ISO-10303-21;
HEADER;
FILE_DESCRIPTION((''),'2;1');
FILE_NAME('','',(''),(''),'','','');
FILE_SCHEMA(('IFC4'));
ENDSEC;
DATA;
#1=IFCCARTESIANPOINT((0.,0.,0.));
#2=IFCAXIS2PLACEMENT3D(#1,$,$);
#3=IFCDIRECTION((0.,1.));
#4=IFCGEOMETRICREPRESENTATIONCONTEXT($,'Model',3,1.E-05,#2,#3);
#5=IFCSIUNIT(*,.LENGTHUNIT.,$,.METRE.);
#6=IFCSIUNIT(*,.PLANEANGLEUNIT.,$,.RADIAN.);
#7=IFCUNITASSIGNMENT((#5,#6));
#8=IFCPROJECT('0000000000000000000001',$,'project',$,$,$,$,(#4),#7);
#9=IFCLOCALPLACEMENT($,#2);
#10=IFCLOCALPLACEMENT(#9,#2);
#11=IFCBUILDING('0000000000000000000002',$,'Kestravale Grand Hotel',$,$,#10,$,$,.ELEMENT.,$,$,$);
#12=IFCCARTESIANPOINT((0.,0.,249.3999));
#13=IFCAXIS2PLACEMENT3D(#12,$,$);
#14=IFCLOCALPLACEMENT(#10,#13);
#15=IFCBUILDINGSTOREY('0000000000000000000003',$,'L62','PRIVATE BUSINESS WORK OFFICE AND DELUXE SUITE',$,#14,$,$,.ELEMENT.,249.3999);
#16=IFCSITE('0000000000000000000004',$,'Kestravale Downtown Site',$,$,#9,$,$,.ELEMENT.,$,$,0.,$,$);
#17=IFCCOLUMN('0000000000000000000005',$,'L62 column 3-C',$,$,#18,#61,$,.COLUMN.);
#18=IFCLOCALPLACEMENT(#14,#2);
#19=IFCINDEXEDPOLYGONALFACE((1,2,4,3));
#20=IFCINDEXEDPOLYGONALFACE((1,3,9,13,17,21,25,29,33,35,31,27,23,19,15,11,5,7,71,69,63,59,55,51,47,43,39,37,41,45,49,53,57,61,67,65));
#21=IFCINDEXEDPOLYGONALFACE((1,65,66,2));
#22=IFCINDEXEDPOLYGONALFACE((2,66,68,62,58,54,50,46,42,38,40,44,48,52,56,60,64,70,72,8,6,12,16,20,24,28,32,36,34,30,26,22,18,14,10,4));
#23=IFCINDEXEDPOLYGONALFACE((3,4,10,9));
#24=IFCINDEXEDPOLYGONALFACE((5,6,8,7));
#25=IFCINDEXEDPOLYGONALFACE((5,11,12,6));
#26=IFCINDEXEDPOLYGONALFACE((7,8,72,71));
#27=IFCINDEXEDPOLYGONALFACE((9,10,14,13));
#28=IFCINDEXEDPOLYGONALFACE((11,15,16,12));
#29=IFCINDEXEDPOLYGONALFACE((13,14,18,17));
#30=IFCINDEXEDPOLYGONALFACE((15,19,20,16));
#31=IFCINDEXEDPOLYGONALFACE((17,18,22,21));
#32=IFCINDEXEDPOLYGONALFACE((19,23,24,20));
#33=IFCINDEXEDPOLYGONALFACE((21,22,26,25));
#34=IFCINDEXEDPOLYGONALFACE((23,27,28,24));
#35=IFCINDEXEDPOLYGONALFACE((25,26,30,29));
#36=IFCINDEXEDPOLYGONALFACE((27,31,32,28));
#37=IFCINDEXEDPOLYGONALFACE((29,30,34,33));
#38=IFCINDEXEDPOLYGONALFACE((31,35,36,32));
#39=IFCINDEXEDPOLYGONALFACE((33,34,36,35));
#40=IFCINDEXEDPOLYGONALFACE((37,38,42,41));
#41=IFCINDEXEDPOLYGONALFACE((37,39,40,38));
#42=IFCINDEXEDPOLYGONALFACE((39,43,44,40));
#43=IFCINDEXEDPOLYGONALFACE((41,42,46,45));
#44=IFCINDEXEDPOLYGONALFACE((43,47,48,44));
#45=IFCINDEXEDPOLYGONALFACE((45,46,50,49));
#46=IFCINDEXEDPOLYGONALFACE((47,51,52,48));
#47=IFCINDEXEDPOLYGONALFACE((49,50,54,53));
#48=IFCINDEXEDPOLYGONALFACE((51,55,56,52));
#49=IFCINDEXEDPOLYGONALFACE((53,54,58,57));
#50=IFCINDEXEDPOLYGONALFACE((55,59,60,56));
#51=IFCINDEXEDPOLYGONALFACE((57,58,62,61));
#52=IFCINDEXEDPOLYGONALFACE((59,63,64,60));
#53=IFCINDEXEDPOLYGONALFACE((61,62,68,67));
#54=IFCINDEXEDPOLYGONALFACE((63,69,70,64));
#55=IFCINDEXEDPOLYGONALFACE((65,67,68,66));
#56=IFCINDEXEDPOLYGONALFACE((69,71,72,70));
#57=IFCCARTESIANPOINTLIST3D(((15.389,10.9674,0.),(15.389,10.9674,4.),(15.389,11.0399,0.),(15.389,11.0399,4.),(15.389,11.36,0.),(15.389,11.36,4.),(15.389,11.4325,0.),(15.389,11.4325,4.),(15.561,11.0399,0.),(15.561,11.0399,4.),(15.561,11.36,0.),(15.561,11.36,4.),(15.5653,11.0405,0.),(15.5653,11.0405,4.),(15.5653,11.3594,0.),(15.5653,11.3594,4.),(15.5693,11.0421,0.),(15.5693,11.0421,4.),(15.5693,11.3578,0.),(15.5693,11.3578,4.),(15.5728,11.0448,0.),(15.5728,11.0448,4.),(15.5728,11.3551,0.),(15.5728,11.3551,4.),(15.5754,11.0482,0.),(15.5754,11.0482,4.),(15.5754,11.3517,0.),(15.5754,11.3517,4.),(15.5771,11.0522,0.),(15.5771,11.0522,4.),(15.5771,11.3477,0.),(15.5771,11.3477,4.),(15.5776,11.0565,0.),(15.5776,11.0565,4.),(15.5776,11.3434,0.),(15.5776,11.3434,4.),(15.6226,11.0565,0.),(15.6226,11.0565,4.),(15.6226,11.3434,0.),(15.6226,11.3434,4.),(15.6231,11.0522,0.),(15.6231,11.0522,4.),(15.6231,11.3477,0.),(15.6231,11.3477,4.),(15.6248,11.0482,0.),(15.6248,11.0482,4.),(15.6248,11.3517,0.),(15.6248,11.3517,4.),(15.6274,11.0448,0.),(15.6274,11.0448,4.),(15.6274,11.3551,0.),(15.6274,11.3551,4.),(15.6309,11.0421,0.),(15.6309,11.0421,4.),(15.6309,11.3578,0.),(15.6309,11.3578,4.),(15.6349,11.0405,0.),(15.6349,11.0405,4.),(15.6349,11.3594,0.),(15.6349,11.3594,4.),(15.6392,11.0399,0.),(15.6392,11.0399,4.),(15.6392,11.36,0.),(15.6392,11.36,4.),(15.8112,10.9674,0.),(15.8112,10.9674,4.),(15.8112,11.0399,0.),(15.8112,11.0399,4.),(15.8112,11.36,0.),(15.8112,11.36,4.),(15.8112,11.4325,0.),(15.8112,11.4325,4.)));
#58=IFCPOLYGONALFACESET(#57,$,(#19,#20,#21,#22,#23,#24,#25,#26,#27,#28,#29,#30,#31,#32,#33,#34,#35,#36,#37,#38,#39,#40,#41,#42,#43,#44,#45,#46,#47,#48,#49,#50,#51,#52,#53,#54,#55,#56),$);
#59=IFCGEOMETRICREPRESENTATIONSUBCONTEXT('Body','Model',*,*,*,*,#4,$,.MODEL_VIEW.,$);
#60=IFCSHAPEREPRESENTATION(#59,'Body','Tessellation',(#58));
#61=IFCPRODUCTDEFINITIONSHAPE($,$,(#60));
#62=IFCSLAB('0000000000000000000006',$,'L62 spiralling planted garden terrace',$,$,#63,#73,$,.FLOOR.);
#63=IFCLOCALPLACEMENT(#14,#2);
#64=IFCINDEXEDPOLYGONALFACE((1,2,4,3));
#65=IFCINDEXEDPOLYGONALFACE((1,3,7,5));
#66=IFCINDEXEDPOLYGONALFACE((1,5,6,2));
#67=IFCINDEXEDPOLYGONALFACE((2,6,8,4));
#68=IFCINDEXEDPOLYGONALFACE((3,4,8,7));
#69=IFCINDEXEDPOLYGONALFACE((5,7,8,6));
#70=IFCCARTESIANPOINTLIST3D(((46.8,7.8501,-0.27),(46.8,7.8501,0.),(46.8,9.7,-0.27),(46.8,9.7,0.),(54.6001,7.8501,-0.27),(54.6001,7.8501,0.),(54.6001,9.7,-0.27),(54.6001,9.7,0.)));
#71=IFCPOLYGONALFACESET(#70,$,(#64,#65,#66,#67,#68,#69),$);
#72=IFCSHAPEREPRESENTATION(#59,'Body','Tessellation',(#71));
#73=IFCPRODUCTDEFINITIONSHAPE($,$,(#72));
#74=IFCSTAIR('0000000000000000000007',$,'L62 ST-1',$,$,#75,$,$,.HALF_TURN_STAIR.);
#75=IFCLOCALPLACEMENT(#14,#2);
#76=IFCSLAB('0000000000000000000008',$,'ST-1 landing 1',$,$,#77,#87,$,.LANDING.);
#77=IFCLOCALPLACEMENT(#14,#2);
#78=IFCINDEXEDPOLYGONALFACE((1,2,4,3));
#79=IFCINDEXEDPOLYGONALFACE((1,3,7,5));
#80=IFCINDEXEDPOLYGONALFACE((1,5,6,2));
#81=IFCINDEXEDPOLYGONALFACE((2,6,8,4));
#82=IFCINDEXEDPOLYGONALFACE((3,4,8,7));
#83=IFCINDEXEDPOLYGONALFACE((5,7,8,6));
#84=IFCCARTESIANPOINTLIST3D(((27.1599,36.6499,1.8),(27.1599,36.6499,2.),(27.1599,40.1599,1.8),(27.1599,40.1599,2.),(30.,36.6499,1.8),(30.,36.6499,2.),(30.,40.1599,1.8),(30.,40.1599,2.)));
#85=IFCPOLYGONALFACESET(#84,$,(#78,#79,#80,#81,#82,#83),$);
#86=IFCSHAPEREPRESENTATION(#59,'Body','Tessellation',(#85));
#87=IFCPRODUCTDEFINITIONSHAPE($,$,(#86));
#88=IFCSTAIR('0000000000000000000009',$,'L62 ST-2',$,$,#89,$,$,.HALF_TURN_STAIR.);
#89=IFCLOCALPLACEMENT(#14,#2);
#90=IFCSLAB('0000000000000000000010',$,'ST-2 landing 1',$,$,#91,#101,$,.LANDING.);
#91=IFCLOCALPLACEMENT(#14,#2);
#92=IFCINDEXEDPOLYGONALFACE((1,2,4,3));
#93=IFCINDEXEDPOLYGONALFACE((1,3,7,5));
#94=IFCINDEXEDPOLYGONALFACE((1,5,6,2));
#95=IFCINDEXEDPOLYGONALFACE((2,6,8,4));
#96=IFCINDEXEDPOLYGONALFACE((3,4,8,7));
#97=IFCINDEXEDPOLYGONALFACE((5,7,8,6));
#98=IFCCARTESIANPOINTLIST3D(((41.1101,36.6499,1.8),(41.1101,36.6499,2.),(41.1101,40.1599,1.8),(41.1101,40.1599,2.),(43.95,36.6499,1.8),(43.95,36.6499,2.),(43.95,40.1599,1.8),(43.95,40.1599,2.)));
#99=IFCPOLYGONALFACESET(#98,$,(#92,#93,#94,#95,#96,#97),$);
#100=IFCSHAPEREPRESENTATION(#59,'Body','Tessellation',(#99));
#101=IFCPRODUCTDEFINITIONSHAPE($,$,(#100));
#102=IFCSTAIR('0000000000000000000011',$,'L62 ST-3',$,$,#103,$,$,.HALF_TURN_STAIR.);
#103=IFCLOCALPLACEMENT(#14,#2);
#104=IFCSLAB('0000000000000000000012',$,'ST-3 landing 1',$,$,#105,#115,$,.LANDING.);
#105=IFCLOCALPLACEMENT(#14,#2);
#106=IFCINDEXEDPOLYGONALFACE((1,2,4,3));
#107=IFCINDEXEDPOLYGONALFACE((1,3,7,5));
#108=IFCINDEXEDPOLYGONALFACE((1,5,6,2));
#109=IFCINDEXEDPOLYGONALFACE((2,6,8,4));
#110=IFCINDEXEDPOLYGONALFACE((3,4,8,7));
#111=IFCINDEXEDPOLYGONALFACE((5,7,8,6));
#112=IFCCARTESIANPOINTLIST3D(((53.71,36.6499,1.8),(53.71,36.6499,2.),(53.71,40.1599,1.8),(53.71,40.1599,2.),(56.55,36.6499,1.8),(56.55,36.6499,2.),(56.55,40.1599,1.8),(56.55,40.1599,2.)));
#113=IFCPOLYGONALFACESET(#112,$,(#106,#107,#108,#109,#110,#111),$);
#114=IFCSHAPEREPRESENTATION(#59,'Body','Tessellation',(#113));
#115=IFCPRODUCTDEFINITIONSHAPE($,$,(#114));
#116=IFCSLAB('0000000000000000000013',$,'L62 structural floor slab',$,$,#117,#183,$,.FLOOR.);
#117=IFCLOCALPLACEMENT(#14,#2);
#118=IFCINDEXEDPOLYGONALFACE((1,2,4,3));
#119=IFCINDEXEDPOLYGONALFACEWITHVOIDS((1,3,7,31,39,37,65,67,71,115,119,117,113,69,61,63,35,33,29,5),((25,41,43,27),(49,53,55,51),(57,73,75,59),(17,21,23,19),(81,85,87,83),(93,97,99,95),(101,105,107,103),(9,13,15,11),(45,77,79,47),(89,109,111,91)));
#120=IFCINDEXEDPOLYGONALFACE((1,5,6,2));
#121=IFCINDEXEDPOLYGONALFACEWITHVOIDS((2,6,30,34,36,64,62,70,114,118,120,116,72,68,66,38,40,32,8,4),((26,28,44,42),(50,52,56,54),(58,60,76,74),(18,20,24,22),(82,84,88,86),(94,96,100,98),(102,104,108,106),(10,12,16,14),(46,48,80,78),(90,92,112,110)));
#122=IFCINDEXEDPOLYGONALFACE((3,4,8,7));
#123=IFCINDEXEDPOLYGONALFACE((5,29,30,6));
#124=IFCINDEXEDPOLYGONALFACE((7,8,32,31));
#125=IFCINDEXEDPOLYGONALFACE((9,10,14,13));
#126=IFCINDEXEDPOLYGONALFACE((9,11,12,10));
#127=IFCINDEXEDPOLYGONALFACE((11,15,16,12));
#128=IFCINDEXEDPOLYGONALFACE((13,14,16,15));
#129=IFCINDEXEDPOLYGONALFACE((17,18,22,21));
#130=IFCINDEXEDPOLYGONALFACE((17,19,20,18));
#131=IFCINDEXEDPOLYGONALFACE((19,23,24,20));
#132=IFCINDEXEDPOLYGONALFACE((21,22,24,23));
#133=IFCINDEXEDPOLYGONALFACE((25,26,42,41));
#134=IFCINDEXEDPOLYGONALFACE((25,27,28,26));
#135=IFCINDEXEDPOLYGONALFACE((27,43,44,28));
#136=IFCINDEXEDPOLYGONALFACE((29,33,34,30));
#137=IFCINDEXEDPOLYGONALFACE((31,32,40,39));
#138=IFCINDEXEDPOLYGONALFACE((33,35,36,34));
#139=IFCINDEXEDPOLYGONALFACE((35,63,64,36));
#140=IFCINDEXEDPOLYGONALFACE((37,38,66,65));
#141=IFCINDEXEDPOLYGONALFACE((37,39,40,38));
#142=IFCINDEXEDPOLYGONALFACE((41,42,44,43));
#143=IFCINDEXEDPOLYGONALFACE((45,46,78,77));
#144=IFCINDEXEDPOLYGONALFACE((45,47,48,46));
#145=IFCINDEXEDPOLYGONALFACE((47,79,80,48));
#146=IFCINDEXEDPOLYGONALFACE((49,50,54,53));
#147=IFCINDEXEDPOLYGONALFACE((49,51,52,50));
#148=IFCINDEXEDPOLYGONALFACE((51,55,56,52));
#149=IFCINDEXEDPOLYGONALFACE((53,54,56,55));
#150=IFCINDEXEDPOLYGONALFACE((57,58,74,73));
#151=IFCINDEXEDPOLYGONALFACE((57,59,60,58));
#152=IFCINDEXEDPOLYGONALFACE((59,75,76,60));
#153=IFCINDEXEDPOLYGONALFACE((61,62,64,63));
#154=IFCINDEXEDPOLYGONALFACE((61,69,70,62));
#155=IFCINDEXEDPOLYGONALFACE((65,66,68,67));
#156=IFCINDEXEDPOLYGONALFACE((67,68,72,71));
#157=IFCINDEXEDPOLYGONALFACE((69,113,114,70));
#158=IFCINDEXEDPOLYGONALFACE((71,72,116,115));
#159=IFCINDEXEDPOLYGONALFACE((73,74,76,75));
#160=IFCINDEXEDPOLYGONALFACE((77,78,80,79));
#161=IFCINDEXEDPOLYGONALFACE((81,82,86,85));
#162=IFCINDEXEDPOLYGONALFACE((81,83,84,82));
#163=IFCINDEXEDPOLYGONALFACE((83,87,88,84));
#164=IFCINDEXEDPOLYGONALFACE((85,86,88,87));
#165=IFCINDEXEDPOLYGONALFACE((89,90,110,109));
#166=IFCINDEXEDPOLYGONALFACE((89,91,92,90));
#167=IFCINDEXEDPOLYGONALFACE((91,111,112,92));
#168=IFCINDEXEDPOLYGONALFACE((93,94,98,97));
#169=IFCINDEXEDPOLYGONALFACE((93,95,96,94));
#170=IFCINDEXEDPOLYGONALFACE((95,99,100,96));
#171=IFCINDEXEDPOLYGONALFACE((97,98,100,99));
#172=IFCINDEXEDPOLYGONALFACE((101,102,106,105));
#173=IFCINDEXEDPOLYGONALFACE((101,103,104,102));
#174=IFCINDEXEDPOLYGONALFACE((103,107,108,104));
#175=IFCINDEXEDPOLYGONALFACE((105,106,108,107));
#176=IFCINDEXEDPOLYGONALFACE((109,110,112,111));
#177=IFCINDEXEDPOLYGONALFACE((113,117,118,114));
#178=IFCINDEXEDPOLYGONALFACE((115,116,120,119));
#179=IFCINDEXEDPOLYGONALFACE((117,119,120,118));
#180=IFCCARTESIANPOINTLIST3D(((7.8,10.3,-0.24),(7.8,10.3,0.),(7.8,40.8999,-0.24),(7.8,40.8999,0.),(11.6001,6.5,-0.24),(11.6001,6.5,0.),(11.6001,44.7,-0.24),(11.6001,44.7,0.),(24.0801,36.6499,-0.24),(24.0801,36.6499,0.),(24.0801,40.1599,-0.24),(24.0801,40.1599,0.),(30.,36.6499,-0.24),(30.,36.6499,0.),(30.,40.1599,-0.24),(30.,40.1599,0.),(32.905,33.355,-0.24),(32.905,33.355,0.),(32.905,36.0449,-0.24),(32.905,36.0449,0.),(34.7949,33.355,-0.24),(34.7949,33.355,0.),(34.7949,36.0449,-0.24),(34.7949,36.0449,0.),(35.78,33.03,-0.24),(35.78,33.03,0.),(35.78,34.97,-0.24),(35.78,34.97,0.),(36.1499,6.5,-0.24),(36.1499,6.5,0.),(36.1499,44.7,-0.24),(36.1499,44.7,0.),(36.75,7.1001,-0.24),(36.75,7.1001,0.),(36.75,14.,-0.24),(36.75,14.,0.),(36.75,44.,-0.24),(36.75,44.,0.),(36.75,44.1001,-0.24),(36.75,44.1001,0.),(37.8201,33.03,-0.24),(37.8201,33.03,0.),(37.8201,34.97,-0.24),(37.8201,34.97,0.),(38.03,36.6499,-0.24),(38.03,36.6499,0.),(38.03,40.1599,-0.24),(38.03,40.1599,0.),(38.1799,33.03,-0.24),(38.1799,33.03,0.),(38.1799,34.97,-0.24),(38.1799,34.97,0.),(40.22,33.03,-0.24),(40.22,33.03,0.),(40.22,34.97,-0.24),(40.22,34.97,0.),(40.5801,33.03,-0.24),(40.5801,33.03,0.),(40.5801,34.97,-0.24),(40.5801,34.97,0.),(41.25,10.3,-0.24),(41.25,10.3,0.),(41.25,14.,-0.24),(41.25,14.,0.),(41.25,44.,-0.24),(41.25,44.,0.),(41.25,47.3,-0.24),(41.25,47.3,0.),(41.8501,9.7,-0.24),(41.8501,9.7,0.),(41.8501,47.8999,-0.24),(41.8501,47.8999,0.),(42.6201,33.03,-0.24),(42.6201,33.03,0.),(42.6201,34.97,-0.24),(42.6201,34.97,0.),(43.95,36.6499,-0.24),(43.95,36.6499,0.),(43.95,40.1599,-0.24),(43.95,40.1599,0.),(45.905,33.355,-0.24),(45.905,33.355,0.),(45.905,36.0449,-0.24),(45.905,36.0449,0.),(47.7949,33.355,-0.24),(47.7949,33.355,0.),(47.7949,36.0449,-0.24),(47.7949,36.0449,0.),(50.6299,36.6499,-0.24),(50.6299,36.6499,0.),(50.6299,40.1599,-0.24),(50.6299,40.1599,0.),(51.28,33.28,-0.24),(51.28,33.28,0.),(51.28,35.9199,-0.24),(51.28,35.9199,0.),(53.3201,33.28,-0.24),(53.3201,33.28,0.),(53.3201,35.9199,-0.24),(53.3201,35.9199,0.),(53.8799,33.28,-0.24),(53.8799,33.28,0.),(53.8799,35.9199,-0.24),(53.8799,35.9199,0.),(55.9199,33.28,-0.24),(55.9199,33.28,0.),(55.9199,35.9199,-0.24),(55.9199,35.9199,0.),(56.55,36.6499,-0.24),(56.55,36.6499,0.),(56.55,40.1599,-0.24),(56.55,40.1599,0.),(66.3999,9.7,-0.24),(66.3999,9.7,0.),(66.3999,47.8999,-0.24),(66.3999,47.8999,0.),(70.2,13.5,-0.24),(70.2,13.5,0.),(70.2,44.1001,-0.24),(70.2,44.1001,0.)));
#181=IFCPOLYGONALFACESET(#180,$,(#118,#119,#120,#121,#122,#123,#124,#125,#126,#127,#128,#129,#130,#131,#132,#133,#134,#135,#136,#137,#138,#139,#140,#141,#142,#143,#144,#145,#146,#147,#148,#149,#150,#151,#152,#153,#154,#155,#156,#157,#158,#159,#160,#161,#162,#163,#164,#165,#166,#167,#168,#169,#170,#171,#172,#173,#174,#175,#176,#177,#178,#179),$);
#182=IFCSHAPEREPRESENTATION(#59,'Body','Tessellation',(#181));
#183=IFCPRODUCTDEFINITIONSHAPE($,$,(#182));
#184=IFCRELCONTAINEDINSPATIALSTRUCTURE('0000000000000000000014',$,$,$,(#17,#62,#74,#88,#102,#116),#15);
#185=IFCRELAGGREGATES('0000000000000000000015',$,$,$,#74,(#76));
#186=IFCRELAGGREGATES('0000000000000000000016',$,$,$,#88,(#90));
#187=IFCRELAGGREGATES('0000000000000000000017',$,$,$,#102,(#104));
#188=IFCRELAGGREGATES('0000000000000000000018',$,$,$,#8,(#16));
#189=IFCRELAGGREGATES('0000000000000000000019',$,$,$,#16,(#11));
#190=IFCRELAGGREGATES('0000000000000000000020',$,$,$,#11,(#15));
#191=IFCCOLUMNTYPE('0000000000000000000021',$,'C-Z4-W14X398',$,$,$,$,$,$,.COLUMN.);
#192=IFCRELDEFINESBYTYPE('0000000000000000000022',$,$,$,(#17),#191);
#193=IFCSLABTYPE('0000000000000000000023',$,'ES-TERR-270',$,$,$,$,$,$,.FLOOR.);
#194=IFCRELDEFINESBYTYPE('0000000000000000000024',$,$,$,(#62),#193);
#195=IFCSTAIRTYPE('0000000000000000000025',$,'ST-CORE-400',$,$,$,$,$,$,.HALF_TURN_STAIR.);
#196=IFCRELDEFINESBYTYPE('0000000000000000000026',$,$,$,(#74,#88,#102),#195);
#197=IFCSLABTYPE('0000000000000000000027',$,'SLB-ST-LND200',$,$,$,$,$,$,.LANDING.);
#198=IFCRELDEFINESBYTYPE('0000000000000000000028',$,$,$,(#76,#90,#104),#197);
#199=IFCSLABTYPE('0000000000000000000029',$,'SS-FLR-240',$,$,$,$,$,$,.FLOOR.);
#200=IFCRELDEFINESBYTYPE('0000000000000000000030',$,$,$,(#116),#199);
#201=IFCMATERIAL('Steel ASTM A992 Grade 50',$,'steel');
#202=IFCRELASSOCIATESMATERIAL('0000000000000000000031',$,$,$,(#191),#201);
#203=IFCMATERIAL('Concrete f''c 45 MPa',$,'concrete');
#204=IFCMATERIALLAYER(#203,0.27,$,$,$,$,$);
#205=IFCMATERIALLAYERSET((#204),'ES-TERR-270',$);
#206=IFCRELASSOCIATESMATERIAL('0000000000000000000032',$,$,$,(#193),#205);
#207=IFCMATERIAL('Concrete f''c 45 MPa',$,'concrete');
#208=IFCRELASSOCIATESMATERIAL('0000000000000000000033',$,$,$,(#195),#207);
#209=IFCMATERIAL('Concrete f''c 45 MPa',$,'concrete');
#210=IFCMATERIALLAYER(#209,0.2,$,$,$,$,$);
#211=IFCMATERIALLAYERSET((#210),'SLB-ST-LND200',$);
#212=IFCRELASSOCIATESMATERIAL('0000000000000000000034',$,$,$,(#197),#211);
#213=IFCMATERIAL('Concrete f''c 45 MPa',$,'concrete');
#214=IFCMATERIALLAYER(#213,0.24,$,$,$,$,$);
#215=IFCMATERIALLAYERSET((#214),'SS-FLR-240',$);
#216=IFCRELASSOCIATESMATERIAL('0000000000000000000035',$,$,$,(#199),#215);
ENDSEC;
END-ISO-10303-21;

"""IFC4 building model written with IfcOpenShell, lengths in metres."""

from ifc_helpers import new_model, si_unit, direction, frame, origin, origin_2d, place, context, subcontext, project, spatial, polyline, i_section, outline, extrude, material, layer, layer_set, material_profile, profile_set, type_object, element, aggregate, save


model = new_model("IFC4")

# Units and contexts
model_context = context("Model", 3, precision=1e-05, world=origin(), true_north=direction((0.0, 1.0)))
body_context = subcontext(model_context, "Body", "Model", "MODEL_VIEW")
ifc_project = project(units=[si_unit("LENGTHUNIT", "METRE"), si_unit("PLANEANGLEUNIT", "RADIAN")], contexts=[model_context])

# Site, building, storey
site_placement = place(None, origin())
site = spatial("IfcSite", under=ifc_project, at=site_placement, Name="Kestravale Downtown Site", CompositionType="ELEMENT", RefElevation=0.0)
building_placement = place(site_placement, origin())
building = spatial("IfcBuilding", under=site, at=building_placement, Name="Kestravale Grand Hotel", CompositionType="ELEMENT")
storey_placement = place(building_placement, frame((0.0, 0.0, 249.3999)))
storey = spatial("IfcBuildingStorey", under=building, at=storey_placement, Name="L62", Description="PRIVATE BUSINESS WORK OFFICE AND DELUXE SUITE", CompositionType="ELEMENT", Elevation=249.3999)

# Column
ifc_material_1 = material(Name="Steel ASTM A992 Grade 50", Category="steel")
ifc_material_profile = material_profile(ifc_material_1, i_section(OverallWidth=0.4221, OverallDepth=0.4651, WebThickness=0.0449, FlangeThickness=0.0725, FilletRadius=0.0166, at=origin_2d()))
ifc_profile_set = profile_set([ifc_material_profile], Name="Steel ASTM A992 Grade 50")
column_type = type_object("IfcColumnType", Name="C-Z4-W14X398", PredefinedType="COLUMN", material=ifc_profile_set)
column_placement = place(storey_placement, frame((15.6001, 11.2, 0.0), z_axis=(0.0, 0.0, 1.0), x_axis=(1.0, 0.0, 0.0)))
element("IfcColumn", 1, at=column_placement, inside=storey, type_object=column_type, Name="L62 column 3-C", PredefinedType="COLUMN", context=body_context, shape_type="SweptSolid", body=[
    extrude(i_section(OverallWidth=0.4221, OverallDepth=0.4651, WebThickness=0.0449, FlangeThickness=0.0725, FilletRadius=0.0166, at=origin_2d()), origin(), (0.0, 0.0, 1.0), 4.0),
])

# Slab
ifc_material_2 = material(Name="Concrete f'c 45 MPa", Category="concrete")
ifc_layer_1 = layer(ifc_material_2, 0.27)
ifc_layer_set_1 = layer_set([ifc_layer_1], Name="ES-TERR-270")
slab_type_1 = type_object("IfcSlabType", Name="ES-TERR-270", PredefinedType="FLOOR", material=ifc_layer_set_1)
slab_1_placement = place(storey_placement, frame((0.0, 0.0, -0.27)))
element("IfcSlab", 2, at=slab_1_placement, inside=storey, type_object=slab_type_1, Name="L62 spiralling planted garden terrace", PredefinedType="FLOOR", context=body_context, shape_type="SweptSolid", body=[
    extrude(outline(polyline([(46.8, 7.8501), (54.6001, 7.8501), (54.6001, 9.7), (46.8, 9.7), (46.8, 7.8501)])), origin(), (0.0, 0.0, 1.0), 0.27),
])

# Stairs, slabs
ifc_material_3 = material(Name="Concrete f'c 45 MPa", Category="concrete")
stair_type = type_object("IfcStairType", Name="ST-CORE-400", PredefinedType="HALF_TURN_STAIR", material=ifc_material_3)
stair_1_placement = place(storey_placement, origin())
stair_1 = element("IfcStair", 3, at=stair_1_placement, inside=storey, type_object=stair_type, Name="L62 ST-1", PredefinedType="HALF_TURN_STAIR")
ifc_material_4 = material(Name="Concrete f'c 45 MPa", Category="concrete")
ifc_layer_2 = layer(ifc_material_4, 0.2)
ifc_layer_set_2 = layer_set([ifc_layer_2], Name="SLB-ST-LND200")
slab_type_2 = type_object("IfcSlabType", Name="SLB-ST-LND200", PredefinedType="LANDING", material=ifc_layer_set_2)
slab_2_placement = place(storey_placement, frame((0.0, 0.0, 1.8)))
slab_2 = element("IfcSlab", 4, at=slab_2_placement, type_object=slab_type_2, Name="ST-1 landing 1", PredefinedType="LANDING", context=body_context, shape_type="SweptSolid", body=[
    extrude(outline(polyline([(27.1599, 36.6499), (30.0, 36.6499), (30.0, 40.1599), (27.1599, 40.1599), (27.1599, 36.6499)])), origin(), (0.0, 0.0, 1.0), 0.2),
])
aggregate(stair_1, [slab_2])
stair_2_placement = place(storey_placement, origin())
stair_2 = element("IfcStair", 5, at=stair_2_placement, inside=storey, type_object=stair_type, Name="L62 ST-2", PredefinedType="HALF_TURN_STAIR")
slab_3_placement = place(storey_placement, frame((0.0, 0.0, 1.8)))
slab_3 = element("IfcSlab", 6, at=slab_3_placement, type_object=slab_type_2, Name="ST-2 landing 1", PredefinedType="LANDING", context=body_context, shape_type="SweptSolid", body=[
    extrude(outline(polyline([(41.1101, 36.6499), (43.95, 36.6499), (43.95, 40.1599), (41.1101, 40.1599), (41.1101, 36.6499)])), origin(), (0.0, 0.0, 1.0), 0.2),
])
aggregate(stair_2, [slab_3])
stair_3_placement = place(storey_placement, origin())
stair_3 = element("IfcStair", 7, at=stair_3_placement, inside=storey, type_object=stair_type, Name="L62 ST-3", PredefinedType="HALF_TURN_STAIR")
slab_4_placement = place(storey_placement, frame((0.0, 0.0, 1.8)))
slab_4 = element("IfcSlab", 8, at=slab_4_placement, type_object=slab_type_2, Name="ST-3 landing 1", PredefinedType="LANDING", context=body_context, shape_type="SweptSolid", body=[
    extrude(outline(polyline([(53.71, 36.6499), (56.55, 36.6499), (56.55, 40.1599), (53.71, 40.1599), (53.71, 36.6499)])), origin(), (0.0, 0.0, 1.0), 0.2),
])
aggregate(stair_3, [slab_4])

# Slab
ifc_material_5 = material(Name="Concrete f'c 45 MPa", Category="concrete")
ifc_layer_3 = layer(ifc_material_5, 0.24)
ifc_layer_set_3 = layer_set([ifc_layer_3], Name="SS-FLR-240")
slab_type_3 = type_object("IfcSlabType", Name="SS-FLR-240", PredefinedType="FLOOR", material=ifc_layer_set_3)
slab_5_placement = place(storey_placement, frame((0.0, 0.0, -0.24)))
element("IfcSlab", 9, at=slab_5_placement, inside=storey, type_object=slab_type_3, Name="L62 structural floor slab", PredefinedType="FLOOR", context=body_context, shape_type="SweptSolid", body=[
    extrude(outline(polyline([(11.6001, 6.5), (36.1499, 6.5), (36.75, 7.1001), (36.75, 14.0), (41.25, 14.0), (41.25, 10.3), (41.8501, 9.7), (66.3999, 9.7), (70.2, 13.5), (70.2, 44.1001), (66.3999, 47.8999), (41.8501, 47.8999), (41.25, 47.3), (41.25, 44.0), (36.75, 44.0), (36.75, 44.1001), (36.1499, 44.7), (11.6001, 44.7), (7.8, 40.8999), (7.8, 10.3), (11.6001, 6.5)]), holes=[polyline([(24.0801, 36.6499), (30.0, 36.6499), (30.0, 40.1599), (24.0801, 40.1599), (24.0801, 36.6499)]), polyline([(38.03, 36.6499), (43.95, 36.6499), (43.95, 40.1599), (38.03, 40.1599), (38.03, 36.6499)]), polyline([(50.6299, 36.6499), (56.55, 36.6499), (56.55, 40.1599), (50.6299, 40.1599), (50.6299, 36.6499)]), polyline([(35.78, 33.03), (37.8201, 33.03), (37.8201, 34.97), (35.78, 34.97), (35.78, 33.03)]), polyline([(38.1799, 33.03), (40.22, 33.03), (40.22, 34.97), (38.1799, 34.97), (38.1799, 33.03)]), polyline([(40.5801, 33.03), (42.6201, 33.03), (42.6201, 34.97), (40.5801, 34.97), (40.5801, 33.03)]), polyline([(32.905, 33.355), (34.7949, 33.355), (34.7949, 36.0449), (32.905, 36.0449), (32.905, 33.355)]), polyline([(45.905, 33.355), (47.7949, 33.355), (47.7949, 36.0449), (45.905, 36.0449), (45.905, 33.355)]), polyline([(51.28, 33.28), (53.3201, 33.28), (53.3201, 35.9199), (51.28, 35.9199), (51.28, 33.28)]), polyline([(53.8799, 33.28), (55.9199, 33.28), (55.9199, 35.9199), (53.8799, 35.9199), (53.8799, 33.28)])]), origin(), (0.0, 0.0, 1.0), 0.24),
])

save(model, "model.ifc")
